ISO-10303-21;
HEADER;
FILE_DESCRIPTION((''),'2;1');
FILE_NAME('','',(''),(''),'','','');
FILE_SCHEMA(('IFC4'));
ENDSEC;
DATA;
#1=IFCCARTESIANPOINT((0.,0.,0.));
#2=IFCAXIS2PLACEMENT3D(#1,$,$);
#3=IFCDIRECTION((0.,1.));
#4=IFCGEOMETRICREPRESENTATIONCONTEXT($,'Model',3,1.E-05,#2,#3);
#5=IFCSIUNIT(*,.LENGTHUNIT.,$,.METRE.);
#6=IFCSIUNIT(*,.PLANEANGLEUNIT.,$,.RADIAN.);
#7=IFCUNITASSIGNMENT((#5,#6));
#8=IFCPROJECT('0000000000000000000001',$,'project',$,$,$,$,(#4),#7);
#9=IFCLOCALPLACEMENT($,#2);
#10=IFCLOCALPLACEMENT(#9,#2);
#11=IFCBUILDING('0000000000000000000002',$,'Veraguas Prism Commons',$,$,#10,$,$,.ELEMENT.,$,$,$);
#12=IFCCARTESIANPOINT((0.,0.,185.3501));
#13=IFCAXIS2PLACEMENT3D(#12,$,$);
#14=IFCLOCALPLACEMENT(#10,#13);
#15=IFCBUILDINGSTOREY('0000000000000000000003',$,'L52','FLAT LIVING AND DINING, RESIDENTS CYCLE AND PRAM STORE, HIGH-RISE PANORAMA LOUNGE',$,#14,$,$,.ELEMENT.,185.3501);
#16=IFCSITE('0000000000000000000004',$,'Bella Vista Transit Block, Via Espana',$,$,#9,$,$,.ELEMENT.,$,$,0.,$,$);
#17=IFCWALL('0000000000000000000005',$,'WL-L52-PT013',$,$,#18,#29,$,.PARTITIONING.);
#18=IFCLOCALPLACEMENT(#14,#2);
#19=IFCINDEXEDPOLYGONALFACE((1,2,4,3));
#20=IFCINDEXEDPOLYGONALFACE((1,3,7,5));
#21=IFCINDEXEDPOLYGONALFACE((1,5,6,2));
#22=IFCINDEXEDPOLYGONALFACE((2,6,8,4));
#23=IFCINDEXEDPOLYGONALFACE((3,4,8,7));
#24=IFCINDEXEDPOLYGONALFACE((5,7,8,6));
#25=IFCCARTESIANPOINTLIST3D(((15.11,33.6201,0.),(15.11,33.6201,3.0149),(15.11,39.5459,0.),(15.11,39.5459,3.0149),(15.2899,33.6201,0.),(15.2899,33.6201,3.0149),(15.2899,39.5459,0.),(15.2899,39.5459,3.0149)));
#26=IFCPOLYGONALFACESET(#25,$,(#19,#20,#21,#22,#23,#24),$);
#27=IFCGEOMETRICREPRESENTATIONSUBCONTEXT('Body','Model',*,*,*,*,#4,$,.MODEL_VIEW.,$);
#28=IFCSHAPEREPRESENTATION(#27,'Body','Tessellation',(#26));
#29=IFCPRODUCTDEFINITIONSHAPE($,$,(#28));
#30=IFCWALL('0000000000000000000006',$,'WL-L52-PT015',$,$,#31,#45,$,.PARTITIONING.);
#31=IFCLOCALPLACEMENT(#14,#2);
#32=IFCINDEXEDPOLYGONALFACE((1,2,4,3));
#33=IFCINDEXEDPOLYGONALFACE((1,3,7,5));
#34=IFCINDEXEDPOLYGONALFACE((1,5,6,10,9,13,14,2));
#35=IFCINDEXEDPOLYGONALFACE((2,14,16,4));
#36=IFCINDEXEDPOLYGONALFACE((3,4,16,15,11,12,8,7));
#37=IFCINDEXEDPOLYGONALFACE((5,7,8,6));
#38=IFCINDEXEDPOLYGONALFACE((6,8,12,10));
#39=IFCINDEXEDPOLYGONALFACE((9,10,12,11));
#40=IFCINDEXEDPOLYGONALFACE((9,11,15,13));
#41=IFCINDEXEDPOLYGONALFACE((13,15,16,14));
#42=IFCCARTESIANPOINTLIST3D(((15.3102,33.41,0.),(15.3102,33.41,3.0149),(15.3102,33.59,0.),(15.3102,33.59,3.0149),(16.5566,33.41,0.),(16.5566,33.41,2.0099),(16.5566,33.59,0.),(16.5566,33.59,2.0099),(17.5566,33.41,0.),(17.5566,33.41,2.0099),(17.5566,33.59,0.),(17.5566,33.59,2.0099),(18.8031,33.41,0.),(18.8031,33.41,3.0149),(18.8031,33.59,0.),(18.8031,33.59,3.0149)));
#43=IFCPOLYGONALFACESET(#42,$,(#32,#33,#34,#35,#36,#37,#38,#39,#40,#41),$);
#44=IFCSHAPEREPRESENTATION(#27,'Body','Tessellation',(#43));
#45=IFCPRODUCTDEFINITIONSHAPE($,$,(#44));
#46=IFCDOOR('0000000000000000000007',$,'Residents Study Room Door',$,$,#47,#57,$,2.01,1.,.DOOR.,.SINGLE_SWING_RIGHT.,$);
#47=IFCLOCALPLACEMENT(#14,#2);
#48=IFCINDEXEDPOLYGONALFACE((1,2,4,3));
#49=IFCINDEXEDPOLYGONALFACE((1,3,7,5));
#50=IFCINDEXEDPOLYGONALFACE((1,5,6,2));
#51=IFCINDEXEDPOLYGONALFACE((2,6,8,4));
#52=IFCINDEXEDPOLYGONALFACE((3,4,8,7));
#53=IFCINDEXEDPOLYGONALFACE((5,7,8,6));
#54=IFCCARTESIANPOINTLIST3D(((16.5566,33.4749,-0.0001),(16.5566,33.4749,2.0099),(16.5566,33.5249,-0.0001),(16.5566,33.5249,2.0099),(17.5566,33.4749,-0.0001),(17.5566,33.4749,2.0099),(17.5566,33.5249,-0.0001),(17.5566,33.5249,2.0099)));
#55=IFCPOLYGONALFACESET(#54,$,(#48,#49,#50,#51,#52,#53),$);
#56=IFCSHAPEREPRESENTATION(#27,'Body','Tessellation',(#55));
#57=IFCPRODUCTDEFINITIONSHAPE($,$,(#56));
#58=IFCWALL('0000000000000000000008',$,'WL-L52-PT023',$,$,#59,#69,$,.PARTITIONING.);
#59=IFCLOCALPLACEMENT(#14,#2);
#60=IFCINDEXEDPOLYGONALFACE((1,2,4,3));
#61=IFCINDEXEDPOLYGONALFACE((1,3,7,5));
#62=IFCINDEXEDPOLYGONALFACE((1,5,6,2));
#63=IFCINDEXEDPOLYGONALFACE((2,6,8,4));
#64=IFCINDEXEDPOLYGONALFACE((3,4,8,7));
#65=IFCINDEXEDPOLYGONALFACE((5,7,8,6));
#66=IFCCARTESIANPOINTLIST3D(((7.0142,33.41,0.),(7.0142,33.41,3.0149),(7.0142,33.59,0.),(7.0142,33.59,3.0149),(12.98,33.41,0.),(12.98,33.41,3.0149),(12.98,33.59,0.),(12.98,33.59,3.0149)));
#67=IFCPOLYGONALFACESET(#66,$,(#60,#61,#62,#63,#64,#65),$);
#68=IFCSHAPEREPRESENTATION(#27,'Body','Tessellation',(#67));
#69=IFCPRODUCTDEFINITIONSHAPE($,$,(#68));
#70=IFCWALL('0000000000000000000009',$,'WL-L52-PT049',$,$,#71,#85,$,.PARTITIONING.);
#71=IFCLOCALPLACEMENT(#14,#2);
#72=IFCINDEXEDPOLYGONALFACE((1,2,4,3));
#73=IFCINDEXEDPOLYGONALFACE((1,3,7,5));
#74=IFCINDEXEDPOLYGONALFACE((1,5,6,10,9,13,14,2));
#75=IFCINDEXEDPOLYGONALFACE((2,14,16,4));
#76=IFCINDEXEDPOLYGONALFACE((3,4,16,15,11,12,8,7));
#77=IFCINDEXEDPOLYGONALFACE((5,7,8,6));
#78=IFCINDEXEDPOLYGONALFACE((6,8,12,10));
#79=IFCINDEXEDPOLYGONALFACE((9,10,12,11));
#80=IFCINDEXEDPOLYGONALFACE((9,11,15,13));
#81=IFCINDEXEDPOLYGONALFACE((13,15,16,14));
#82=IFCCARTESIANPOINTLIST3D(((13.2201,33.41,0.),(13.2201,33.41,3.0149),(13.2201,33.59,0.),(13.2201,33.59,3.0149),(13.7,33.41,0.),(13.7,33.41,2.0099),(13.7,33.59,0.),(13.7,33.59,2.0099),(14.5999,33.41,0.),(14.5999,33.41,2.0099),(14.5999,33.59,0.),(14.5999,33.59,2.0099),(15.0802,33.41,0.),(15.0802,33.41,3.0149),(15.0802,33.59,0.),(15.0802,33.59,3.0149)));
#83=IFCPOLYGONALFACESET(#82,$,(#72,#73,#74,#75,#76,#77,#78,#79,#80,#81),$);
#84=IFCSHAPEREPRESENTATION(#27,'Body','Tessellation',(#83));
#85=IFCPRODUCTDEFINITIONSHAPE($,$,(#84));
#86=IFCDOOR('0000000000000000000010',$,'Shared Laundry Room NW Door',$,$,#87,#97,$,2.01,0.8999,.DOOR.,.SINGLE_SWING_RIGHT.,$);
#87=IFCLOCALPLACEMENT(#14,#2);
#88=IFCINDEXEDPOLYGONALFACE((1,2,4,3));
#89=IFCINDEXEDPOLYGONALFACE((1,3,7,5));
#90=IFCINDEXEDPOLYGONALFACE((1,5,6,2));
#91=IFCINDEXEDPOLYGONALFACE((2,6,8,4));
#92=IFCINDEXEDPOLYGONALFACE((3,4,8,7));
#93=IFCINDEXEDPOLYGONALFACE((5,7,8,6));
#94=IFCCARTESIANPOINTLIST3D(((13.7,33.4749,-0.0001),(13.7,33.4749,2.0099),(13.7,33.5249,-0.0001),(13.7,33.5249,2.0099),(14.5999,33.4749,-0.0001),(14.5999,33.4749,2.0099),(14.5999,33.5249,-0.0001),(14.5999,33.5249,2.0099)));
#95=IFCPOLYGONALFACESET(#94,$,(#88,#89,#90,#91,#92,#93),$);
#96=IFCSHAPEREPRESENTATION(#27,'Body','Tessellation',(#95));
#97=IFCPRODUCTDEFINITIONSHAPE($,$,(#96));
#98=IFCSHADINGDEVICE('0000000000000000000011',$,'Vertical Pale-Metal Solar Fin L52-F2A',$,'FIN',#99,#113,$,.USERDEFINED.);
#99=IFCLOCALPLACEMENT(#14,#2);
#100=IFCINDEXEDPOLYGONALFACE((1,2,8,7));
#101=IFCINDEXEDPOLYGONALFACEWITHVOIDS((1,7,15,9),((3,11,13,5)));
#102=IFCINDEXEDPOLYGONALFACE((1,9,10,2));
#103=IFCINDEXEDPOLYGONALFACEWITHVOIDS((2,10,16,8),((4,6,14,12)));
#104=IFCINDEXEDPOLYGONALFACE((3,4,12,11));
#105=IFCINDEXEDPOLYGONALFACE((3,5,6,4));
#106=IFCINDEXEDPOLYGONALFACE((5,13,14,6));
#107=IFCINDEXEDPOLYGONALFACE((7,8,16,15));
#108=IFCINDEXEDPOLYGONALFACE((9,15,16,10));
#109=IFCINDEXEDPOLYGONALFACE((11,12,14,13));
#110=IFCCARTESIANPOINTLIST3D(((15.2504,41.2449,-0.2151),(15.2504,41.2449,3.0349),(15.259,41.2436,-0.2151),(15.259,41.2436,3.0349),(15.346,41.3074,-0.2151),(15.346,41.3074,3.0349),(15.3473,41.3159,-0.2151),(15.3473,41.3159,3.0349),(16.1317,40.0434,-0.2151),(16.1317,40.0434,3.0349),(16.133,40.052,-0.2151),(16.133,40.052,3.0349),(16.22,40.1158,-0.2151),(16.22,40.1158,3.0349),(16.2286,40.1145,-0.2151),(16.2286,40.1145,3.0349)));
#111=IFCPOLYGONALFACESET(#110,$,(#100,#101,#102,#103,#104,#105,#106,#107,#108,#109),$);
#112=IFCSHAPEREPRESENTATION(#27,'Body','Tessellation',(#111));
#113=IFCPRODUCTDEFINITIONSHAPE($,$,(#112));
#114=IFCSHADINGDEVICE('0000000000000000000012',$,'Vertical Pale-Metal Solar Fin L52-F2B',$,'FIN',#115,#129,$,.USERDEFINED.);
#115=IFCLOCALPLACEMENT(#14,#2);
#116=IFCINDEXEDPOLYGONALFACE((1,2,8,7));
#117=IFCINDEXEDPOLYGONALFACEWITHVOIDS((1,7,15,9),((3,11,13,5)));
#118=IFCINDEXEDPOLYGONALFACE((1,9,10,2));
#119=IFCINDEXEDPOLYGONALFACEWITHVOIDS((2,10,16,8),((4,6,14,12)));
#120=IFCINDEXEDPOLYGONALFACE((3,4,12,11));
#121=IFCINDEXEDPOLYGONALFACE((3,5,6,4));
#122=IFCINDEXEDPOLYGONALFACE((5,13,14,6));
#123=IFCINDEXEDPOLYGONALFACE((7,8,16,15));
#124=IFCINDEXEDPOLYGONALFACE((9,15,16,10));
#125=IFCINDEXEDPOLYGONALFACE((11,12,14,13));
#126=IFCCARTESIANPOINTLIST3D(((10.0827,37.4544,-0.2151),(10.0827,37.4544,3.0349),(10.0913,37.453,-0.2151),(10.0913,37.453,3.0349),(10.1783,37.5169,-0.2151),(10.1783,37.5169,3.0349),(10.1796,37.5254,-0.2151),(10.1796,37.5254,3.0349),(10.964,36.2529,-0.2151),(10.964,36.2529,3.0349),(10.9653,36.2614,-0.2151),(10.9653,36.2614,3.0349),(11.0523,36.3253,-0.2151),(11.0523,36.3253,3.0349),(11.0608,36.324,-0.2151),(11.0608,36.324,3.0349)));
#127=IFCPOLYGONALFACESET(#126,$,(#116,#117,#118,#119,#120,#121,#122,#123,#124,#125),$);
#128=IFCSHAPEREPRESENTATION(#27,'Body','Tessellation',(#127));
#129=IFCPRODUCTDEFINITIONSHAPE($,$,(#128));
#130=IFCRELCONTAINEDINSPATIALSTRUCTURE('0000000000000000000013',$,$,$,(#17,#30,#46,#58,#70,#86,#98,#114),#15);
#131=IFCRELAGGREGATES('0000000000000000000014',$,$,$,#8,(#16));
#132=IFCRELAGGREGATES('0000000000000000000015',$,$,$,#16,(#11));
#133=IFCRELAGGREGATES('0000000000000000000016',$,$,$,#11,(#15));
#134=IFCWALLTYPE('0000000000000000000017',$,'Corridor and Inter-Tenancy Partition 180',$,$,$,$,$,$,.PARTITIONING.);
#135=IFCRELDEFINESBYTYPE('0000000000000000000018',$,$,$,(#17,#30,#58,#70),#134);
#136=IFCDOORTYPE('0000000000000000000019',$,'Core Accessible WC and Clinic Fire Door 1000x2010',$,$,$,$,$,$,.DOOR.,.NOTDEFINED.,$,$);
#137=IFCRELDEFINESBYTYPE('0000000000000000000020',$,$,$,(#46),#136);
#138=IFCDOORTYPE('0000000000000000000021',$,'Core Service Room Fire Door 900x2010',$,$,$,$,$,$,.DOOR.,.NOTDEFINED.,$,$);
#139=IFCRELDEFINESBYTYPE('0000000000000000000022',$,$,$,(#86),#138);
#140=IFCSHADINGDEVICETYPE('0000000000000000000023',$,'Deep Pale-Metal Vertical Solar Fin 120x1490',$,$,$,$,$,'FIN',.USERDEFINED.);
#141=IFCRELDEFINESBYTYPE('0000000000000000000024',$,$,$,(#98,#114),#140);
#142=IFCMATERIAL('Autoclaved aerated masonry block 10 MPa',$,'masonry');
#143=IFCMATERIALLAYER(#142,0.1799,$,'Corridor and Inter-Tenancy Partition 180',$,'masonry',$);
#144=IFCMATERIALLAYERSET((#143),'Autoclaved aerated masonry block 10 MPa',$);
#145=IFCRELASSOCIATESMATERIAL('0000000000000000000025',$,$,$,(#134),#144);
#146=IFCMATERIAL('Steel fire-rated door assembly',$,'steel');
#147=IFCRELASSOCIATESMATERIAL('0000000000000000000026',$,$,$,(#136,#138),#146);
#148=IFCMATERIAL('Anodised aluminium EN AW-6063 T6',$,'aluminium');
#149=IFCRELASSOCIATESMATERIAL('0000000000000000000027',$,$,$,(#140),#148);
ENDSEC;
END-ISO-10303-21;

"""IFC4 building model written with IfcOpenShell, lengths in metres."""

from ifc_helpers import new_model, si_unit, direction, frame, frame_2d, origin, origin_2d, place, context, subcontext, project, spatial, rectangle, hollow_rectangle, extrude, source, transform, mapped, material, layer, layer_set, material_profile, profile_set, type_object, element, fill, save


model = new_model("IFC4")

# Units and contexts
model_context = context("Model", 3, precision=1e-05, world=origin(), true_north=direction((0.0, 1.0)))
body_context = subcontext(model_context, "Body", "Model", "MODEL_VIEW")
ifc_project = project(units=[si_unit("LENGTHUNIT", "METRE"), si_unit("PLANEANGLEUNIT", "RADIAN")], contexts=[model_context])

# Site, building, storey
site_placement = place(None, origin())
site = spatial("IfcSite", under=ifc_project, at=site_placement, Name="Bella Vista Transit Block, Via Espana", CompositionType="ELEMENT", RefElevation=0.0)
building_placement = place(site_placement, origin())
building = spatial("IfcBuilding", under=site, at=building_placement, Name="Veraguas Prism Commons", CompositionType="ELEMENT")
storey_placement = place(building_placement, frame((0.0, 0.0, 185.3501)))
storey = spatial("IfcBuildingStorey", under=building, at=storey_placement, Name="L52", Description="FLAT LIVING AND DINING, RESIDENTS CYCLE AND PRAM STORE, HIGH-RISE PANORAMA LOUNGE", CompositionType="ELEMENT", Elevation=185.3501)

# Shared definitions
ifc_material_1 = material(Name="Anodised aluminium EN AW-6063 T6", Category="aluminium")

# Wall
ifc_material_2 = material(Name="Autoclaved aerated masonry block 10 MPa", Category="masonry")
ifc_layer_1 = layer(ifc_material_2, 0.1799, Name="Corridor and Inter-Tenancy Partition 180", Category="masonry")
ifc_layer_set_1 = layer_set([ifc_layer_1], Name="Autoclaved aerated masonry block 10 MPa")
wall_type = type_object("IfcWallType", Name="Corridor and Inter-Tenancy Partition 180", PredefinedType="PARTITIONING", material=ifc_layer_set_1)
wall_1_placement = place(storey_placement, frame((15.2, 33.6201, 0.0), z_axis=(0.0, 0.0, 1.0), x_axis=(0.0, 1.0, 0.0)))
element("IfcWall", 1, at=wall_1_placement, inside=storey, type_object=wall_type, Name="WL-L52-PT013", PredefinedType="PARTITIONING", context=body_context, shape_type="SweptSolid", body=[
    extrude(rectangle(XDim=5.9258, YDim=0.1799, at=frame_2d((2.9629, 0.0))), origin(), (0.0, 0.0, 1.0), 3.0149),
])

# Wall, opening, door
wall_2_placement = place(storey_placement, frame((15.3101, 33.5, 0.0), z_axis=(0.0, 0.0, 1.0), x_axis=(1.0, 0.0, 0.0)))
wall_2 = element("IfcWall", 2, at=wall_2_placement, inside=storey, type_object=wall_type, Name="WL-L52-PT015", PredefinedType="PARTITIONING", context=body_context, shape_type="SweptSolid", body=[
    extrude(rectangle(XDim=3.4929, YDim=0.1799, at=frame_2d((1.7466, 0.0))), origin(), (0.0, 0.0, 1.0), 3.0149),
])
opening_1_placement = place(wall_2_placement, frame((1.2466, 0.0, 0.0)))
opening_1 = element("IfcOpeningElement", 3, at=opening_1_placement, cuts=wall_2, PredefinedType="OPENING", context=body_context, shape_type="SweptSolid", body=[
    extrude(rectangle(XDim=1.0, YDim=2.01, at=frame_2d((0.5, 1.0049))), frame((0.0, 0.0999, 0.0), z_axis=(0.0, -1.0, 0.0), x_axis=(1.0, 0.0, 0.0)), (0.0, 0.0, 1.0), 0.2),
])
ifc_material_3 = material(Name="Steel fire-rated door assembly", Category="steel")
door_type_1 = type_object("IfcDoorType", Name="Core Accessible WC and Clinic Fire Door 1000x2010", OperationType="NOTDEFINED", PredefinedType="DOOR", material=ifc_material_3)
shared_shape_1 = source(origin(), body_context, "Body", "SweptSolid", [
    extrude(rectangle(XDim=1.0, YDim=2.01, at=frame_2d((0.5, 1.0049))), frame((0.0, 0.0249, 0.0), z_axis=(0.0, -1.0, 0.0), x_axis=(1.0, 0.0, 0.0)), (0.0, 0.0, 1.0), 0.05),
])
door_1_placement = place(opening_1_placement, origin())
door_1 = element("IfcDoor", 4, at=door_1_placement, inside=storey, type_object=door_type_1, Name="Residents Study Room Door", OperationType="SINGLE_SWING_RIGHT", OverallHeight=2.01, OverallWidth=1.0, PredefinedType="DOOR", context=body_context, shape_type="MappedRepresentation", body=[
    mapped(shared_shape_1, transform((0.0, 0.0, 0.0), scale=1.0)),
])
fill(opening_1, door_1)

# Wall
wall_3_placement = place(storey_placement, frame((12.98, 33.5, 0.0), z_axis=(0.0, 0.0, 1.0), x_axis=(-1.0, 0.0, 0.0)))
element("IfcWall", 5, at=wall_3_placement, inside=storey, type_object=wall_type, Name="WL-L52-PT023", PredefinedType="PARTITIONING", context=body_context, shape_type="SweptSolid", body=[
    extrude(rectangle(XDim=5.9658, YDim=0.1799, at=frame_2d((2.9829, 0.0))), origin(), (0.0, 0.0, 1.0), 3.0149),
])

# Wall, opening, door
wall_4_placement = place(storey_placement, frame((13.22, 33.5, 0.0), z_axis=(0.0, 0.0, 1.0), x_axis=(1.0, 0.0, 0.0)))
wall_4 = element("IfcWall", 6, at=wall_4_placement, inside=storey, type_object=wall_type, Name="WL-L52-PT049", PredefinedType="PARTITIONING", context=body_context, shape_type="SweptSolid", body=[
    extrude(rectangle(XDim=1.8601, YDim=0.1799, at=frame_2d((0.9302, 0.0))), origin(), (0.0, 0.0, 1.0), 3.0149),
])
opening_2_placement = place(wall_4_placement, frame((0.48, 0.0, 0.0)))
opening_2 = element("IfcOpeningElement", 7, at=opening_2_placement, cuts=wall_4, PredefinedType="OPENING", context=body_context, shape_type="SweptSolid", body=[
    extrude(rectangle(XDim=0.8999, YDim=2.01, at=frame_2d((0.45, 1.0049))), frame((0.0, 0.0999, 0.0), z_axis=(0.0, -1.0, 0.0), x_axis=(1.0, 0.0, 0.0)), (0.0, 0.0, 1.0), 0.2),
])
door_type_2 = type_object("IfcDoorType", Name="Core Service Room Fire Door 900x2010", OperationType="NOTDEFINED", PredefinedType="DOOR", material=ifc_material_3)
shared_shape_2 = source(origin(), body_context, "Body", "SweptSolid", [
    extrude(rectangle(XDim=0.8999, YDim=2.01, at=frame_2d((0.45, 1.0049))), frame((0.0, 0.0249, 0.0), z_axis=(0.0, -1.0, 0.0), x_axis=(1.0, 0.0, 0.0)), (0.0, 0.0, 1.0), 0.05),
])
door_2_placement = place(opening_2_placement, origin())
door_2 = element("IfcDoor", 8, at=door_2_placement, inside=storey, type_object=door_type_2, Name="Shared Laundry Room NW Door", OperationType="SINGLE_SWING_RIGHT", OverallHeight=2.01, OverallWidth=0.8999, PredefinedType="DOOR", context=body_context, shape_type="MappedRepresentation", body=[
    mapped(shared_shape_2, transform((0.0, 0.0, 0.0), scale=1.0)),
])
fill(opening_2, door_2)

# Shading devices
ifc_material_profile_1 = material_profile(ifc_material_1, hollow_rectangle(XDim=0.1201, YDim=1.49, WallThickness=0.0061, at=origin_2d()), Name="FIN120X1490X6")
ifc_profile_set_1 = profile_set([ifc_material_profile_1], Name="Anodised aluminium EN AW-6063 T6")
shading_device_type = type_object("IfcShadingDeviceType", Name="Deep Pale-Metal Vertical Solar Fin 120x1490", ElementType="FIN", PredefinedType="USERDEFINED", material=ifc_profile_set_1)
for number, where, z_axis, x_axis, name in (
    (9, (15.7395, 40.6797, -0.2151), (0.0, 0.0, 1.0), (-0.806341, -0.59145, 0.0), "Vertical Pale-Metal Solar Fin L52-F2A"),
    (10, (10.5718, 36.8892, -0.2151), (0.0, 0.0, 1.0), (-0.806341, -0.59145, 0.0), "Vertical Pale-Metal Solar Fin L52-F2B"),
):
    element("IfcShadingDevice", number, at=place(storey_placement, frame(where, z_axis=z_axis, x_axis=x_axis)), inside=storey, type_object=shading_device_type, Name=name, ObjectType="FIN", PredefinedType="USERDEFINED", context=body_context, shape_type="SweptSolid", body=[
        extrude(hollow_rectangle(XDim=0.1201, YDim=1.49, WallThickness=0.0061, at=origin_2d()), origin(), (0.0, 0.0, 1.0), 3.25),
    ])

save(model, "model.ifc")
